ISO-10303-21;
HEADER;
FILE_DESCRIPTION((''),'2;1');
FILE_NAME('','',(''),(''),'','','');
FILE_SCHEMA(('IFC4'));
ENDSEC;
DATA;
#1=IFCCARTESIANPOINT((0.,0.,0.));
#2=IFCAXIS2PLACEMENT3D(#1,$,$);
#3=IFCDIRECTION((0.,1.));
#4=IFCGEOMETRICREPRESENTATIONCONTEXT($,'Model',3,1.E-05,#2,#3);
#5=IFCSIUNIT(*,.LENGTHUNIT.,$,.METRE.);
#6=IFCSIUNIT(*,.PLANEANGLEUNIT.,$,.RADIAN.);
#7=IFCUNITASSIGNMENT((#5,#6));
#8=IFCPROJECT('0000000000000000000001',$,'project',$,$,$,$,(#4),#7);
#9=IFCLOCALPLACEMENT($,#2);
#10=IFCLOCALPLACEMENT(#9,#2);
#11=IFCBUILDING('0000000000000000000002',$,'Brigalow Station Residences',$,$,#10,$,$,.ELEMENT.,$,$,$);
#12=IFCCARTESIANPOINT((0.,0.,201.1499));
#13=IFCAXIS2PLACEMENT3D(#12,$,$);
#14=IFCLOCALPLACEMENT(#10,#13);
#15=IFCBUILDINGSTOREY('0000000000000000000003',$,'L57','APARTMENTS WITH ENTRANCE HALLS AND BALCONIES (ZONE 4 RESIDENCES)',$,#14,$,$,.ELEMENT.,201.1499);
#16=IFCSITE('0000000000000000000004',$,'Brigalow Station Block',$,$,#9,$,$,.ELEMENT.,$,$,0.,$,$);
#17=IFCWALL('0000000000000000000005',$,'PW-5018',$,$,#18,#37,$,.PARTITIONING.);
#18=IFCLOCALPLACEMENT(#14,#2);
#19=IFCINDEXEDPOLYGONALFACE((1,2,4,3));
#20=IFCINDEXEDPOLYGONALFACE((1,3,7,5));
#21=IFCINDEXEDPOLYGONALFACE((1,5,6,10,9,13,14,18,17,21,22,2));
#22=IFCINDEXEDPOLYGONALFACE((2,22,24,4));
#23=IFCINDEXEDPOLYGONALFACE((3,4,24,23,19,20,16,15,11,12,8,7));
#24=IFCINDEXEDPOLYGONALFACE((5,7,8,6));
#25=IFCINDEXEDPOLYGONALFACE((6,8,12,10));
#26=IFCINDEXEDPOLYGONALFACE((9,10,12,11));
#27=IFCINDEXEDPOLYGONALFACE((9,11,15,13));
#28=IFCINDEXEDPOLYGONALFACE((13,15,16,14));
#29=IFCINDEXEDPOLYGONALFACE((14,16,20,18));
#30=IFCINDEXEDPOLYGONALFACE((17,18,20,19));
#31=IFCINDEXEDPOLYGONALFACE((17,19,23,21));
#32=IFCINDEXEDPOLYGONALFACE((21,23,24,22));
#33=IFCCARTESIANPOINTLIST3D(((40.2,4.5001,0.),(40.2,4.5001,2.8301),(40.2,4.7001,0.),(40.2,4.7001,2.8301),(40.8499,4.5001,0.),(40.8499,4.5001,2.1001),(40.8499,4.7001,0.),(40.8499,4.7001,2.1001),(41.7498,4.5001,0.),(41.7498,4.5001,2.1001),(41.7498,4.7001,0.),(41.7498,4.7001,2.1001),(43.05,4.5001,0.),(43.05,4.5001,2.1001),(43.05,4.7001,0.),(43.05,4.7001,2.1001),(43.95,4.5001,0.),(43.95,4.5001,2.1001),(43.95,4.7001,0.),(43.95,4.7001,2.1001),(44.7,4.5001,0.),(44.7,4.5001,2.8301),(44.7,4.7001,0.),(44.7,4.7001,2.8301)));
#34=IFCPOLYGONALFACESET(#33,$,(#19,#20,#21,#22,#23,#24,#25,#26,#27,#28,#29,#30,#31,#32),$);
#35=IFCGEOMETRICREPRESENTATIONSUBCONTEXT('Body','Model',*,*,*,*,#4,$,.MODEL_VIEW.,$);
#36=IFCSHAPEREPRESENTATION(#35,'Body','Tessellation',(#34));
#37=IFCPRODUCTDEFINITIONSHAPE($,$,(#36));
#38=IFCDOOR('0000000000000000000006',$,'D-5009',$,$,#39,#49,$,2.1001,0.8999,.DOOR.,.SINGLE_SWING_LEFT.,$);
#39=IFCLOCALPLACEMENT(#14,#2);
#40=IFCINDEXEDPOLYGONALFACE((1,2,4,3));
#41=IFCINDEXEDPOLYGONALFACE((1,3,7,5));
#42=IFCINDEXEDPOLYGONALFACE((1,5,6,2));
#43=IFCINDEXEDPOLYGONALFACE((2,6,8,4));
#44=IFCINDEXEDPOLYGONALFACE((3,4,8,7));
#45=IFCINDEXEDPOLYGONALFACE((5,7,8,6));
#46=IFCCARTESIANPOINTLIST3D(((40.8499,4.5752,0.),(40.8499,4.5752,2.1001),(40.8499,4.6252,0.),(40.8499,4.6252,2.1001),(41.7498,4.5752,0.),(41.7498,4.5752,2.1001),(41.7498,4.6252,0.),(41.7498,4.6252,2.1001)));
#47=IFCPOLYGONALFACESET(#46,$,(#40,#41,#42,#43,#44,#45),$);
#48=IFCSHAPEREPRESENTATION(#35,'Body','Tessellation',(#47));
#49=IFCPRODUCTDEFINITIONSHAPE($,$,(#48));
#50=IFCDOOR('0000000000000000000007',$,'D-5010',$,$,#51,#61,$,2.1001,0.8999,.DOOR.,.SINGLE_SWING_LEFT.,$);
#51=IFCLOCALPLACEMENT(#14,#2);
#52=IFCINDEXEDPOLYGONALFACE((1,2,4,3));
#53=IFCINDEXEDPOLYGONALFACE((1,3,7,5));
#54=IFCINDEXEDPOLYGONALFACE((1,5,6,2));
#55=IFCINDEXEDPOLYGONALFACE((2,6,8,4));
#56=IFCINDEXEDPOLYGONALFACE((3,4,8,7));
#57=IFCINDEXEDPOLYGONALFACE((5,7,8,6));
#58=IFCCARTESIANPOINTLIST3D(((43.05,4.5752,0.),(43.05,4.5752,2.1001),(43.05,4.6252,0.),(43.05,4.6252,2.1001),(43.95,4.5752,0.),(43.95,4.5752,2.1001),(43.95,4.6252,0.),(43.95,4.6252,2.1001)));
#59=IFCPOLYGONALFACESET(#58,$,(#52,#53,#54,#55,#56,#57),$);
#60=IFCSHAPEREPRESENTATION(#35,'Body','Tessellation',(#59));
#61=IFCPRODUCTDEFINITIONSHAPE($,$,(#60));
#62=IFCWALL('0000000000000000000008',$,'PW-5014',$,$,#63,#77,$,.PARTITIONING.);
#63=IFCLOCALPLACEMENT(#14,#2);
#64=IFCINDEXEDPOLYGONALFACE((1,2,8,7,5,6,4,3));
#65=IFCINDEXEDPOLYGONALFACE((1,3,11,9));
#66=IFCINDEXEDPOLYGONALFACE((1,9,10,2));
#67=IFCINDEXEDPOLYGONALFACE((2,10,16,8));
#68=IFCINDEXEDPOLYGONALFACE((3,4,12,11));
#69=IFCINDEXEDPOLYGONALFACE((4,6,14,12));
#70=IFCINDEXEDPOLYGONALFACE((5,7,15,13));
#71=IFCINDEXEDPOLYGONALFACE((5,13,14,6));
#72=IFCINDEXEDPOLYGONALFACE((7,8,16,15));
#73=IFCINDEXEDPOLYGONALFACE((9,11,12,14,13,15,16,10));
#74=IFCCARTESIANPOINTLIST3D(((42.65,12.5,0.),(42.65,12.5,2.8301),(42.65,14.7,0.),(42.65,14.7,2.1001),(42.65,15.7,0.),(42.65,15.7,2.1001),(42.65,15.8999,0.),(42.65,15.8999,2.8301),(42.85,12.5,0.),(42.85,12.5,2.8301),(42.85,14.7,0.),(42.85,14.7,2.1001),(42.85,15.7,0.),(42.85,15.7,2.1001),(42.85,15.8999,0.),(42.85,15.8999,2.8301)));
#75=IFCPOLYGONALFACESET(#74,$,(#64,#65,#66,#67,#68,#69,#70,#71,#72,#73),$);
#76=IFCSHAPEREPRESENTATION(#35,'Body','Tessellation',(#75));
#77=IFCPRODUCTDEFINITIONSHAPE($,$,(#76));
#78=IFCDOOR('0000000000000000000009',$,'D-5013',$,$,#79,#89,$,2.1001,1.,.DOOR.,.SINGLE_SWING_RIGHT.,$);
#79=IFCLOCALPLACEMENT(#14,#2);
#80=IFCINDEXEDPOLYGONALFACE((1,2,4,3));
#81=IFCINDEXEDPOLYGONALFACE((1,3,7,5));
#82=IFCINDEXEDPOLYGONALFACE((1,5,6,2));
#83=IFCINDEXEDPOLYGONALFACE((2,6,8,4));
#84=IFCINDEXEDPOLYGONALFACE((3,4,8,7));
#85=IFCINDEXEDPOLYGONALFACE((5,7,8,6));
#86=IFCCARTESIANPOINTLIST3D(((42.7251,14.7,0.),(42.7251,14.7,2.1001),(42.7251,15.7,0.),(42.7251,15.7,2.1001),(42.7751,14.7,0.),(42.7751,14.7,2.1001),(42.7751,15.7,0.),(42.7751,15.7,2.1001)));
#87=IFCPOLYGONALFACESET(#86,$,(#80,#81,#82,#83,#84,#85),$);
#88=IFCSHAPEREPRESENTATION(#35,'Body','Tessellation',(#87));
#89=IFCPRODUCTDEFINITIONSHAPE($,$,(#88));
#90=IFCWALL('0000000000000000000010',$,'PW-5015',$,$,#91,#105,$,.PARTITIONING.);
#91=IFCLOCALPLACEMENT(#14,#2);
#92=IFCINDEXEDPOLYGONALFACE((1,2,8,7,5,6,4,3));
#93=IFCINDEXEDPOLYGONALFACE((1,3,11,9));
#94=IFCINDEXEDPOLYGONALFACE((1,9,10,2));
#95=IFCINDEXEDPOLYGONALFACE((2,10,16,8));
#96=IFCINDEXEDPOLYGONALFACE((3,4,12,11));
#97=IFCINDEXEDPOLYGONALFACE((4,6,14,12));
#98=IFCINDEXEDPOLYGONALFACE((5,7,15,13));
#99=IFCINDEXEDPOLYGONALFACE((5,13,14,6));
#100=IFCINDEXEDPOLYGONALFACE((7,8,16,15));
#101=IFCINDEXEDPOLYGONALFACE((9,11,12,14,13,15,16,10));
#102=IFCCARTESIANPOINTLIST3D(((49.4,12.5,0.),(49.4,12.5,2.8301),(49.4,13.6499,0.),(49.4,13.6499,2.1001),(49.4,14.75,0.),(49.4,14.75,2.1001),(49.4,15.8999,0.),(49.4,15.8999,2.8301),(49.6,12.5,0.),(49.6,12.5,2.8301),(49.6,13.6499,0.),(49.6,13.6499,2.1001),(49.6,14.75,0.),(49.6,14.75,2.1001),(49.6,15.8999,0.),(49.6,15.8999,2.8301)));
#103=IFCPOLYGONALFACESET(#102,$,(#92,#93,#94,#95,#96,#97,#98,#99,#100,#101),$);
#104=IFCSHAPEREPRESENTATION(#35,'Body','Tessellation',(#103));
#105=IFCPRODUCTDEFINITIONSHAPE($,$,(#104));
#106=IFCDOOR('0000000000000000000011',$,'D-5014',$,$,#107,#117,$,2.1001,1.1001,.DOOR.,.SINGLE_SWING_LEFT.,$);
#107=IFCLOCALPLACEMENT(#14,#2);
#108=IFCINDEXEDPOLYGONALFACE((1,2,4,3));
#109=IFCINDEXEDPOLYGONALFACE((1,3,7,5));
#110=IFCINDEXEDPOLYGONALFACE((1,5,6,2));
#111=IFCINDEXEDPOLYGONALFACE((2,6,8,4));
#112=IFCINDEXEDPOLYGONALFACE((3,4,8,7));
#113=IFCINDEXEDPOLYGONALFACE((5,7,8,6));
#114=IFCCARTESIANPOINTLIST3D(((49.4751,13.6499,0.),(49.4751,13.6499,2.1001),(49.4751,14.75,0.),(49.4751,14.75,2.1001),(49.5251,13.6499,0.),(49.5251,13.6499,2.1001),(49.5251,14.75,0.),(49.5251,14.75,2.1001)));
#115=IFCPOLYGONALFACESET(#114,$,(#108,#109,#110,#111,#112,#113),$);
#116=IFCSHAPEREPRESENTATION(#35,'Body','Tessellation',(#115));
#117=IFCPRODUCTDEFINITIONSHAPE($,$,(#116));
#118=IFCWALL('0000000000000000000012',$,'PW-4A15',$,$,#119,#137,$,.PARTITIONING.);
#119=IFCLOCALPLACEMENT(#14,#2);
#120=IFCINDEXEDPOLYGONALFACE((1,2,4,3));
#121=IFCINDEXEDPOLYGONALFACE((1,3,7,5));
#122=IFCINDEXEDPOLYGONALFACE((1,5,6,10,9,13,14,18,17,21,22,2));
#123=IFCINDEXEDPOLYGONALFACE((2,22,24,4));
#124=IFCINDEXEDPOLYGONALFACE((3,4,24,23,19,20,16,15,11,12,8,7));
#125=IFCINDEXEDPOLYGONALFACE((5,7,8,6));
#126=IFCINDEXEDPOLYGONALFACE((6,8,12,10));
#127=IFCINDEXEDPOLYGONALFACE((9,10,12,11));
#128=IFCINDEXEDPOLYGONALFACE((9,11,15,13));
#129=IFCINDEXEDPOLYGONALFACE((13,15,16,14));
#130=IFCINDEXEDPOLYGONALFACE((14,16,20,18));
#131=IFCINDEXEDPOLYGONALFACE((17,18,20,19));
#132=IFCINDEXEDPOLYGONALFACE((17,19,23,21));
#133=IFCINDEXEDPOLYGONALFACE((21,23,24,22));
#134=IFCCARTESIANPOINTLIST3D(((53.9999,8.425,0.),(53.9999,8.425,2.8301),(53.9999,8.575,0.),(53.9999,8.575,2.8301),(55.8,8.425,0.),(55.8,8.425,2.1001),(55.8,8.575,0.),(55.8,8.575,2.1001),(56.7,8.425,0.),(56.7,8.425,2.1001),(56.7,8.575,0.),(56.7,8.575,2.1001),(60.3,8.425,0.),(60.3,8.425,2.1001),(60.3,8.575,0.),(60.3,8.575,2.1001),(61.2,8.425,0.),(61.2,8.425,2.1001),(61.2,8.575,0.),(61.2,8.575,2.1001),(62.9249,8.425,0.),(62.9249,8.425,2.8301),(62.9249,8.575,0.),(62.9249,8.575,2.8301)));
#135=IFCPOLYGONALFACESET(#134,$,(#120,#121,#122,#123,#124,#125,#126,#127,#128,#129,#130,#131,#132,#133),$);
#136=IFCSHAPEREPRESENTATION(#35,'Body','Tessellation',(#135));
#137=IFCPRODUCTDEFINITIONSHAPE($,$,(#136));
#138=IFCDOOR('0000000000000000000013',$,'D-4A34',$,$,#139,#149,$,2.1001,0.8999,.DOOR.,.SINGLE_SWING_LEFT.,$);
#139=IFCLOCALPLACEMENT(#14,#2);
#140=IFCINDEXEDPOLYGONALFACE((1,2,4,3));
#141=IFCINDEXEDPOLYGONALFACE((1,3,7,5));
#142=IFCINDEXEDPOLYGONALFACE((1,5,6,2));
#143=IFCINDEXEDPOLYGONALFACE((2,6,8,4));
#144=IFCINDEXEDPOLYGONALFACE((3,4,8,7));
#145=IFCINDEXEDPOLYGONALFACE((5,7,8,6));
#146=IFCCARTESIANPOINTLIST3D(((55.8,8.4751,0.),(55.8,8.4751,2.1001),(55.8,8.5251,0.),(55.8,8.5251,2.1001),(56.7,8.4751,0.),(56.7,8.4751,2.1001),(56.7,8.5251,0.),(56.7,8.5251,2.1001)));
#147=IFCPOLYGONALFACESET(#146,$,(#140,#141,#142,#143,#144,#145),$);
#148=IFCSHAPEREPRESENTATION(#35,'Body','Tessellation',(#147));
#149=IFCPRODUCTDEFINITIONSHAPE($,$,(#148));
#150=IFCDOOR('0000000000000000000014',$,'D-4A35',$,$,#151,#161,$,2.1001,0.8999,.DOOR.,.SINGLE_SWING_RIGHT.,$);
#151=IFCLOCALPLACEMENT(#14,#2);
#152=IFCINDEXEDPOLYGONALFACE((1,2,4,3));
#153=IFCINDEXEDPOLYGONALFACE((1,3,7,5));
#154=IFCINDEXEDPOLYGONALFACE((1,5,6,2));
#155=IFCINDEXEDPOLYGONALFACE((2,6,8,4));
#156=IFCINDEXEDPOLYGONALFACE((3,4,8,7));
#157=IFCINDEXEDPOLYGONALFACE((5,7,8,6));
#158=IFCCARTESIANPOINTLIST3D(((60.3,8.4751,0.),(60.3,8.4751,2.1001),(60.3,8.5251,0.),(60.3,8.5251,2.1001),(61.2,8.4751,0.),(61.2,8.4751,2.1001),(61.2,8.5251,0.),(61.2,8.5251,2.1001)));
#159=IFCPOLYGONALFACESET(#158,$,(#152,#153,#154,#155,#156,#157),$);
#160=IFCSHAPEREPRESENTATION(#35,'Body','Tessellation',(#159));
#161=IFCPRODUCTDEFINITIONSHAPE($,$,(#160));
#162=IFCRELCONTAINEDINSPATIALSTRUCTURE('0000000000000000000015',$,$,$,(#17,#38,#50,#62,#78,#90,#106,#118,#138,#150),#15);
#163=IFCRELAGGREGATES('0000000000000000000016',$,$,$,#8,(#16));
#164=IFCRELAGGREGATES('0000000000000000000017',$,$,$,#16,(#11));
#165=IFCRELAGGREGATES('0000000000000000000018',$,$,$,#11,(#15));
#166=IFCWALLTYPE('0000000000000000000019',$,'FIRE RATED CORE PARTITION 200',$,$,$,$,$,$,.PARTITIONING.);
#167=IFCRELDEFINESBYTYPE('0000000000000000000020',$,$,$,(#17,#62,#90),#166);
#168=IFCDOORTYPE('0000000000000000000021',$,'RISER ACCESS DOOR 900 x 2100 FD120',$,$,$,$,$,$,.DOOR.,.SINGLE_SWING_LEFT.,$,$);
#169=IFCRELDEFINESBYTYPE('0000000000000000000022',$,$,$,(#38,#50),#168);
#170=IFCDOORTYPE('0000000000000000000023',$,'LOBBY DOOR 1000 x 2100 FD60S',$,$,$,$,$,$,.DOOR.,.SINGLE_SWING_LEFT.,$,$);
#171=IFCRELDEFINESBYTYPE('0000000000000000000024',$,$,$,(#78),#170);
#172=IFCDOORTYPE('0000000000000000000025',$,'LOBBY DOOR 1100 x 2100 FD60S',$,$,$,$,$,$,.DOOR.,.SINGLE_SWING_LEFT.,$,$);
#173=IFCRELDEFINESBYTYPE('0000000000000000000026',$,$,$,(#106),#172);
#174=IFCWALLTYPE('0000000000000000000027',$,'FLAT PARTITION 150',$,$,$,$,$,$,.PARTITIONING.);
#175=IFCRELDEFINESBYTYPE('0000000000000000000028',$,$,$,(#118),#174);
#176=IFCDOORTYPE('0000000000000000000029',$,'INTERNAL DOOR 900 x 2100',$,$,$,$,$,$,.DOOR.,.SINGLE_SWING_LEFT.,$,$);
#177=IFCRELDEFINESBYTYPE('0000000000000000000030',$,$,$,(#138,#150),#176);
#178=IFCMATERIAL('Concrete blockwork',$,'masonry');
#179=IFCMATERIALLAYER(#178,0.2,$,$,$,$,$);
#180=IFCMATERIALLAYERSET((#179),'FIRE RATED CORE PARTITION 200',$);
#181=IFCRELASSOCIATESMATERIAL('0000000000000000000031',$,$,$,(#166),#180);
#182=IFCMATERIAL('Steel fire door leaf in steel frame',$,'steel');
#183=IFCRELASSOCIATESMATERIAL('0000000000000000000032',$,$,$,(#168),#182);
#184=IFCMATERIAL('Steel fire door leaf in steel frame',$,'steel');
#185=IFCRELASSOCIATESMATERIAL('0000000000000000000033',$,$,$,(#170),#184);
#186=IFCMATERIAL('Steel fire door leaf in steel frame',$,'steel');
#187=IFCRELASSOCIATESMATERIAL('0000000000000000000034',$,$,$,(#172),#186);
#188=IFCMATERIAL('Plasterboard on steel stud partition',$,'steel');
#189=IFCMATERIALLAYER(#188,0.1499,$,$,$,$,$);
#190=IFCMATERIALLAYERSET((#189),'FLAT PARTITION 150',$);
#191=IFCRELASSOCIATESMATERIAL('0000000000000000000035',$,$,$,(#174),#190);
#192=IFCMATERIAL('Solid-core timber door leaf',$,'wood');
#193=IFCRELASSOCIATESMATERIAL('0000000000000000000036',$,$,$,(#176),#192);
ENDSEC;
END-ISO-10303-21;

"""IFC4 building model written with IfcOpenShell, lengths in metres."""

from ifc_helpers import new_model, si_unit, direction, frame, frame_2d, origin, place, context, subcontext, project, spatial, rectangle, extrude, material, layer, layer_set, type_object, element, fill, save


model = new_model("IFC4")

# Units and contexts
model_context = context("Model", 3, precision=1e-05, world=origin(), true_north=direction((0.0, 1.0)))
body_context = subcontext(model_context, "Body", "Model", "MODEL_VIEW")
ifc_project = project(units=[si_unit("LENGTHUNIT", "METRE"), si_unit("PLANEANGLEUNIT", "RADIAN")], contexts=[model_context])

# Site, building, storey
site_placement = place(None, origin())
site = spatial("IfcSite", under=ifc_project, at=site_placement, Name="Brigalow Station Block", CompositionType="ELEMENT", RefElevation=0.0)
building_placement = place(site_placement, origin())
building = spatial("IfcBuilding", under=site, at=building_placement, Name="Brigalow Station Residences", CompositionType="ELEMENT")
storey_placement = place(building_placement, frame((0.0, 0.0, 201.1499)))
storey = spatial("IfcBuildingStorey", under=building, at=storey_placement, Name="L57", Description="APARTMENTS WITH ENTRANCE HALLS AND BALCONIES (ZONE 4 RESIDENCES)", CompositionType="ELEMENT", Elevation=201.1499)

# Wall, openings, doors
ifc_material_1 = material(Name="Concrete blockwork", Category="masonry")
ifc_layer_1 = layer(ifc_material_1, 0.2)
ifc_layer_set_1 = layer_set([ifc_layer_1], Name="FIRE RATED CORE PARTITION 200")
wall_type_1 = type_object("IfcWallType", Name="FIRE RATED CORE PARTITION 200", PredefinedType="PARTITIONING", material=ifc_layer_set_1)
wall_1_placement = place(storey_placement, frame((40.2, 4.6001, 0.0), z_axis=(0.0, 0.0, 1.0), x_axis=(1.0, 0.0, 0.0)))
wall_1 = element("IfcWall", 1, at=wall_1_placement, inside=storey, type_object=wall_type_1, Name="PW-5018", PredefinedType="PARTITIONING", context=body_context, shape_type="SweptSolid", body=[
    extrude(rectangle(XDim=4.5, YDim=0.2, at=frame_2d((2.25, 0.0))), origin(), (0.0, 0.0, 1.0), 2.8301),
])
opening_1_placement = place(wall_1_placement, frame((0.6499, 0.0, 0.0)))
opening_1 = element("IfcOpeningElement", 2, at=opening_1_placement, cuts=wall_1, PredefinedType="OPENING", context=body_context, shape_type="SweptSolid", body=[
    extrude(rectangle(XDim=0.8999, YDim=2.1001, at=frame_2d((0.45, 1.05))), frame((0.0, 0.1099, 0.0), z_axis=(0.0, -1.0, 0.0), x_axis=(1.0, 0.0, 0.0)), (0.0, 0.0, 1.0), 0.22),
])
opening_2_placement = place(wall_1_placement, frame((2.8501, 0.0, 0.0)))
opening_2 = element("IfcOpeningElement", 3, at=opening_2_placement, cuts=wall_1, PredefinedType="OPENING", context=body_context, shape_type="SweptSolid", body=[
    extrude(rectangle(XDim=0.8999, YDim=2.1001, at=frame_2d((0.45, 1.05))), frame((0.0, 0.1099, 0.0), z_axis=(0.0, -1.0, 0.0), x_axis=(1.0, 0.0, 0.0)), (0.0, 0.0, 1.0), 0.22),
])
ifc_material_2 = material(Name="Steel fire door leaf in steel frame", Category="steel")
door_type_1 = type_object("IfcDoorType", Name="RISER ACCESS DOOR 900 x 2100 FD120", OperationType="SINGLE_SWING_LEFT", PredefinedType="DOOR", material=ifc_material_2)
door_1_placement = place(opening_1_placement, frame((0.8999, 0.0, 0.0), z_axis=(0.0, 0.0, 1.0), x_axis=(-1.0, 0.0, 0.0)))
door_1 = element("IfcDoor", 4, at=door_1_placement, inside=storey, type_object=door_type_1, Name="D-5009", OperationType="SINGLE_SWING_LEFT", OverallHeight=2.1001, OverallWidth=0.8999, PredefinedType="DOOR", context=body_context, shape_type="SweptSolid", body=[
    extrude(rectangle(XDim=0.8999, YDim=2.1001, at=frame_2d((0.45, 1.05))), frame((0.0, 0.0249, 0.0), z_axis=(0.0, -1.0, 0.0), x_axis=(1.0, 0.0, 0.0)), (0.0, 0.0, 1.0), 0.05),
])
fill(opening_1, door_1)
door_2_placement = place(opening_2_placement, frame((0.8999, 0.0, 0.0), z_axis=(0.0, 0.0, 1.0), x_axis=(-1.0, 0.0, 0.0)))
door_2 = element("IfcDoor", 5, at=door_2_placement, inside=storey, type_object=door_type_1, Name="D-5010", OperationType="SINGLE_SWING_LEFT", OverallHeight=2.1001, OverallWidth=0.8999, PredefinedType="DOOR", context=body_context, shape_type="SweptSolid", body=[
    extrude(rectangle(XDim=0.8999, YDim=2.1001, at=frame_2d((0.45, 1.05))), frame((0.0, 0.0249, 0.0), z_axis=(0.0, -1.0, 0.0), x_axis=(1.0, 0.0, 0.0)), (0.0, 0.0, 1.0), 0.05),
])
fill(opening_2, door_2)

# Walls, openings, doors
wall_2_placement = place(storey_placement, frame((42.75, 12.5, 0.0), z_axis=(0.0, 0.0, 1.0), x_axis=(0.0, 1.0, 0.0)))
wall_2 = element("IfcWall", 6, at=wall_2_placement, inside=storey, type_object=wall_type_1, Name="PW-5014", PredefinedType="PARTITIONING", context=body_context, shape_type="SweptSolid", body=[
    extrude(rectangle(XDim=3.3999, YDim=0.2, at=frame_2d((1.7, 0.0))), origin(), (0.0, 0.0, 1.0), 2.8301),
])
opening_3_placement = place(wall_2_placement, frame((2.2, 0.0, 0.0)))
opening_3 = element("IfcOpeningElement", 7, at=opening_3_placement, cuts=wall_2, PredefinedType="OPENING", context=body_context, shape_type="SweptSolid", body=[
    extrude(rectangle(XDim=1.0, YDim=2.1001, at=frame_2d((0.5, 1.05))), frame((0.0, 0.1099, 0.0), z_axis=(0.0, -1.0, 0.0), x_axis=(1.0, 0.0, 0.0)), (0.0, 0.0, 1.0), 0.22),
])
ifc_material_3 = material(Name="Steel fire door leaf in steel frame", Category="steel")
door_type_2 = type_object("IfcDoorType", Name="LOBBY DOOR 1000 x 2100 FD60S", OperationType="SINGLE_SWING_LEFT", PredefinedType="DOOR", material=ifc_material_3)
door_3_placement = place(opening_3_placement, origin())
door_3 = element("IfcDoor", 8, at=door_3_placement, inside=storey, type_object=door_type_2, Name="D-5013", OperationType="SINGLE_SWING_RIGHT", OverallHeight=2.1001, OverallWidth=1.0, PredefinedType="DOOR", context=body_context, shape_type="SweptSolid", body=[
    extrude(rectangle(XDim=1.0, YDim=2.1001, at=frame_2d((0.5, 1.05))), frame((0.0, 0.0249, 0.0), z_axis=(0.0, -1.0, 0.0), x_axis=(1.0, 0.0, 0.0)), (0.0, 0.0, 1.0), 0.05),
])
fill(opening_3, door_3)
wall_3_placement = place(storey_placement, frame((49.5, 12.5, 0.0), z_axis=(0.0, 0.0, 1.0), x_axis=(0.0, 1.0, 0.0)))
wall_3 = element("IfcWall", 9, at=wall_3_placement, inside=storey, type_object=wall_type_1, Name="PW-5015", PredefinedType="PARTITIONING", context=body_context, shape_type="SweptSolid", body=[
    extrude(rectangle(XDim=3.3999, YDim=0.2, at=frame_2d((1.7, 0.0))), origin(), (0.0, 0.0, 1.0), 2.8301),
])
opening_4_placement = place(wall_3_placement, frame((1.1499, 0.0, 0.0)))
opening_4 = element("IfcOpeningElement", 10, at=opening_4_placement, cuts=wall_3, PredefinedType="OPENING", context=body_context, shape_type="SweptSolid", body=[
    extrude(rectangle(XDim=1.1001, YDim=2.1001, at=frame_2d((0.55, 1.05))), frame((0.0, 0.1099, 0.0), z_axis=(0.0, -1.0, 0.0), x_axis=(1.0, 0.0, 0.0)), (0.0, 0.0, 1.0), 0.22),
])
ifc_material_4 = material(Name="Steel fire door leaf in steel frame", Category="steel")
door_type_3 = type_object("IfcDoorType", Name="LOBBY DOOR 1100 x 2100 FD60S", OperationType="SINGLE_SWING_LEFT", PredefinedType="DOOR", material=ifc_material_4)
door_4_placement = place(opening_4_placement, origin())
door_4 = element("IfcDoor", 11, at=door_4_placement, inside=storey, type_object=door_type_3, Name="D-5014", OperationType="SINGLE_SWING_LEFT", OverallHeight=2.1001, OverallWidth=1.1001, PredefinedType="DOOR", context=body_context, shape_type="SweptSolid", body=[
    extrude(rectangle(XDim=1.1001, YDim=2.1001, at=frame_2d((0.55, 1.05))), frame((0.0, 0.0249, 0.0), z_axis=(0.0, -1.0, 0.0), x_axis=(1.0, 0.0, 0.0)), (0.0, 0.0, 1.0), 0.05),
])
fill(opening_4, door_4)

# Wall, openings, doors
ifc_material_5 = material(Name="Plasterboard on steel stud partition", Category="steel")
ifc_layer_2 = layer(ifc_material_5, 0.1499)
ifc_layer_set_2 = layer_set([ifc_layer_2], Name="FLAT PARTITION 150")
wall_type_2 = type_object("IfcWallType", Name="FLAT PARTITION 150", PredefinedType="PARTITIONING", material=ifc_layer_set_2)
wall_4_placement = place(storey_placement, frame((54.0, 8.5, 0.0), z_axis=(0.0, 0.0, 1.0), x_axis=(1.0, 0.0, 0.0)))
wall_4 = element("IfcWall", 12, at=wall_4_placement, inside=storey, type_object=wall_type_2, Name="PW-4A15", PredefinedType="PARTITIONING", context=body_context, shape_type="SweptSolid", body=[
    extrude(rectangle(XDim=8.925, YDim=0.1499, at=frame_2d((4.4624, 0.0))), origin(), (0.0, 0.0, 1.0), 2.8301),
])
opening_5_placement = place(wall_4_placement, frame((1.8, 0.0, 0.0)))
opening_5 = element("IfcOpeningElement", 13, at=opening_5_placement, cuts=wall_4, PredefinedType="OPENING", context=body_context, shape_type="SweptSolid", body=[
    extrude(rectangle(XDim=0.8999, YDim=2.1001, at=frame_2d((0.45, 1.05))), frame((0.0, 0.085, 0.0), z_axis=(0.0, -1.0, 0.0), x_axis=(1.0, 0.0, 0.0)), (0.0, 0.0, 1.0), 0.1699),
])
opening_6_placement = place(wall_4_placement, frame((6.3, 0.0, 0.0)))
opening_6 = element("IfcOpeningElement", 14, at=opening_6_placement, cuts=wall_4, PredefinedType="OPENING", context=body_context, shape_type="SweptSolid", body=[
    extrude(rectangle(XDim=0.8999, YDim=2.1001, at=frame_2d((0.45, 1.05))), frame((0.0, 0.085, 0.0), z_axis=(0.0, -1.0, 0.0), x_axis=(1.0, 0.0, 0.0)), (0.0, 0.0, 1.0), 0.1699),
])
ifc_material_6 = material(Name="Solid-core timber door leaf", Category="wood")
door_type_4 = type_object("IfcDoorType", Name="INTERNAL DOOR 900 x 2100", OperationType="SINGLE_SWING_LEFT", PredefinedType="DOOR", material=ifc_material_6)
door_5_placement = place(opening_5_placement, frame((0.8999, 0.0, 0.0), z_axis=(0.0, 0.0, 1.0), x_axis=(-1.0, 0.0, 0.0)))
door_5 = element("IfcDoor", 15, at=door_5_placement, inside=storey, type_object=door_type_4, Name="D-4A34", OperationType="SINGLE_SWING_LEFT", OverallHeight=2.1001, OverallWidth=0.8999, PredefinedType="DOOR", context=body_context, shape_type="SweptSolid", body=[
    extrude(rectangle(XDim=0.8999, YDim=2.1001, at=frame_2d((0.45, 1.05))), frame((0.0, 0.0249, 0.0), z_axis=(0.0, -1.0, 0.0), x_axis=(1.0, 0.0, 0.0)), (0.0, 0.0, 1.0), 0.05),
])
fill(opening_5, door_5)
door_6_placement = place(opening_6_placement, frame((0.8999, 0.0, 0.0), z_axis=(0.0, 0.0, 1.0), x_axis=(-1.0, 0.0, 0.0)))
door_6 = element("IfcDoor", 16, at=door_6_placement, inside=storey, type_object=door_type_4, Name="D-4A35", OperationType="SINGLE_SWING_RIGHT", OverallHeight=2.1001, OverallWidth=0.8999, PredefinedType="DOOR", context=body_context, shape_type="SweptSolid", body=[
    extrude(rectangle(XDim=0.8999, YDim=2.1001, at=frame_2d((0.45, 1.05))), frame((0.0, 0.0249, 0.0), z_axis=(0.0, -1.0, 0.0), x_axis=(1.0, 0.0, 0.0)), (0.0, 0.0, 1.0), 0.05),
])
fill(opening_6, door_6)

save(model, "model.ifc")
